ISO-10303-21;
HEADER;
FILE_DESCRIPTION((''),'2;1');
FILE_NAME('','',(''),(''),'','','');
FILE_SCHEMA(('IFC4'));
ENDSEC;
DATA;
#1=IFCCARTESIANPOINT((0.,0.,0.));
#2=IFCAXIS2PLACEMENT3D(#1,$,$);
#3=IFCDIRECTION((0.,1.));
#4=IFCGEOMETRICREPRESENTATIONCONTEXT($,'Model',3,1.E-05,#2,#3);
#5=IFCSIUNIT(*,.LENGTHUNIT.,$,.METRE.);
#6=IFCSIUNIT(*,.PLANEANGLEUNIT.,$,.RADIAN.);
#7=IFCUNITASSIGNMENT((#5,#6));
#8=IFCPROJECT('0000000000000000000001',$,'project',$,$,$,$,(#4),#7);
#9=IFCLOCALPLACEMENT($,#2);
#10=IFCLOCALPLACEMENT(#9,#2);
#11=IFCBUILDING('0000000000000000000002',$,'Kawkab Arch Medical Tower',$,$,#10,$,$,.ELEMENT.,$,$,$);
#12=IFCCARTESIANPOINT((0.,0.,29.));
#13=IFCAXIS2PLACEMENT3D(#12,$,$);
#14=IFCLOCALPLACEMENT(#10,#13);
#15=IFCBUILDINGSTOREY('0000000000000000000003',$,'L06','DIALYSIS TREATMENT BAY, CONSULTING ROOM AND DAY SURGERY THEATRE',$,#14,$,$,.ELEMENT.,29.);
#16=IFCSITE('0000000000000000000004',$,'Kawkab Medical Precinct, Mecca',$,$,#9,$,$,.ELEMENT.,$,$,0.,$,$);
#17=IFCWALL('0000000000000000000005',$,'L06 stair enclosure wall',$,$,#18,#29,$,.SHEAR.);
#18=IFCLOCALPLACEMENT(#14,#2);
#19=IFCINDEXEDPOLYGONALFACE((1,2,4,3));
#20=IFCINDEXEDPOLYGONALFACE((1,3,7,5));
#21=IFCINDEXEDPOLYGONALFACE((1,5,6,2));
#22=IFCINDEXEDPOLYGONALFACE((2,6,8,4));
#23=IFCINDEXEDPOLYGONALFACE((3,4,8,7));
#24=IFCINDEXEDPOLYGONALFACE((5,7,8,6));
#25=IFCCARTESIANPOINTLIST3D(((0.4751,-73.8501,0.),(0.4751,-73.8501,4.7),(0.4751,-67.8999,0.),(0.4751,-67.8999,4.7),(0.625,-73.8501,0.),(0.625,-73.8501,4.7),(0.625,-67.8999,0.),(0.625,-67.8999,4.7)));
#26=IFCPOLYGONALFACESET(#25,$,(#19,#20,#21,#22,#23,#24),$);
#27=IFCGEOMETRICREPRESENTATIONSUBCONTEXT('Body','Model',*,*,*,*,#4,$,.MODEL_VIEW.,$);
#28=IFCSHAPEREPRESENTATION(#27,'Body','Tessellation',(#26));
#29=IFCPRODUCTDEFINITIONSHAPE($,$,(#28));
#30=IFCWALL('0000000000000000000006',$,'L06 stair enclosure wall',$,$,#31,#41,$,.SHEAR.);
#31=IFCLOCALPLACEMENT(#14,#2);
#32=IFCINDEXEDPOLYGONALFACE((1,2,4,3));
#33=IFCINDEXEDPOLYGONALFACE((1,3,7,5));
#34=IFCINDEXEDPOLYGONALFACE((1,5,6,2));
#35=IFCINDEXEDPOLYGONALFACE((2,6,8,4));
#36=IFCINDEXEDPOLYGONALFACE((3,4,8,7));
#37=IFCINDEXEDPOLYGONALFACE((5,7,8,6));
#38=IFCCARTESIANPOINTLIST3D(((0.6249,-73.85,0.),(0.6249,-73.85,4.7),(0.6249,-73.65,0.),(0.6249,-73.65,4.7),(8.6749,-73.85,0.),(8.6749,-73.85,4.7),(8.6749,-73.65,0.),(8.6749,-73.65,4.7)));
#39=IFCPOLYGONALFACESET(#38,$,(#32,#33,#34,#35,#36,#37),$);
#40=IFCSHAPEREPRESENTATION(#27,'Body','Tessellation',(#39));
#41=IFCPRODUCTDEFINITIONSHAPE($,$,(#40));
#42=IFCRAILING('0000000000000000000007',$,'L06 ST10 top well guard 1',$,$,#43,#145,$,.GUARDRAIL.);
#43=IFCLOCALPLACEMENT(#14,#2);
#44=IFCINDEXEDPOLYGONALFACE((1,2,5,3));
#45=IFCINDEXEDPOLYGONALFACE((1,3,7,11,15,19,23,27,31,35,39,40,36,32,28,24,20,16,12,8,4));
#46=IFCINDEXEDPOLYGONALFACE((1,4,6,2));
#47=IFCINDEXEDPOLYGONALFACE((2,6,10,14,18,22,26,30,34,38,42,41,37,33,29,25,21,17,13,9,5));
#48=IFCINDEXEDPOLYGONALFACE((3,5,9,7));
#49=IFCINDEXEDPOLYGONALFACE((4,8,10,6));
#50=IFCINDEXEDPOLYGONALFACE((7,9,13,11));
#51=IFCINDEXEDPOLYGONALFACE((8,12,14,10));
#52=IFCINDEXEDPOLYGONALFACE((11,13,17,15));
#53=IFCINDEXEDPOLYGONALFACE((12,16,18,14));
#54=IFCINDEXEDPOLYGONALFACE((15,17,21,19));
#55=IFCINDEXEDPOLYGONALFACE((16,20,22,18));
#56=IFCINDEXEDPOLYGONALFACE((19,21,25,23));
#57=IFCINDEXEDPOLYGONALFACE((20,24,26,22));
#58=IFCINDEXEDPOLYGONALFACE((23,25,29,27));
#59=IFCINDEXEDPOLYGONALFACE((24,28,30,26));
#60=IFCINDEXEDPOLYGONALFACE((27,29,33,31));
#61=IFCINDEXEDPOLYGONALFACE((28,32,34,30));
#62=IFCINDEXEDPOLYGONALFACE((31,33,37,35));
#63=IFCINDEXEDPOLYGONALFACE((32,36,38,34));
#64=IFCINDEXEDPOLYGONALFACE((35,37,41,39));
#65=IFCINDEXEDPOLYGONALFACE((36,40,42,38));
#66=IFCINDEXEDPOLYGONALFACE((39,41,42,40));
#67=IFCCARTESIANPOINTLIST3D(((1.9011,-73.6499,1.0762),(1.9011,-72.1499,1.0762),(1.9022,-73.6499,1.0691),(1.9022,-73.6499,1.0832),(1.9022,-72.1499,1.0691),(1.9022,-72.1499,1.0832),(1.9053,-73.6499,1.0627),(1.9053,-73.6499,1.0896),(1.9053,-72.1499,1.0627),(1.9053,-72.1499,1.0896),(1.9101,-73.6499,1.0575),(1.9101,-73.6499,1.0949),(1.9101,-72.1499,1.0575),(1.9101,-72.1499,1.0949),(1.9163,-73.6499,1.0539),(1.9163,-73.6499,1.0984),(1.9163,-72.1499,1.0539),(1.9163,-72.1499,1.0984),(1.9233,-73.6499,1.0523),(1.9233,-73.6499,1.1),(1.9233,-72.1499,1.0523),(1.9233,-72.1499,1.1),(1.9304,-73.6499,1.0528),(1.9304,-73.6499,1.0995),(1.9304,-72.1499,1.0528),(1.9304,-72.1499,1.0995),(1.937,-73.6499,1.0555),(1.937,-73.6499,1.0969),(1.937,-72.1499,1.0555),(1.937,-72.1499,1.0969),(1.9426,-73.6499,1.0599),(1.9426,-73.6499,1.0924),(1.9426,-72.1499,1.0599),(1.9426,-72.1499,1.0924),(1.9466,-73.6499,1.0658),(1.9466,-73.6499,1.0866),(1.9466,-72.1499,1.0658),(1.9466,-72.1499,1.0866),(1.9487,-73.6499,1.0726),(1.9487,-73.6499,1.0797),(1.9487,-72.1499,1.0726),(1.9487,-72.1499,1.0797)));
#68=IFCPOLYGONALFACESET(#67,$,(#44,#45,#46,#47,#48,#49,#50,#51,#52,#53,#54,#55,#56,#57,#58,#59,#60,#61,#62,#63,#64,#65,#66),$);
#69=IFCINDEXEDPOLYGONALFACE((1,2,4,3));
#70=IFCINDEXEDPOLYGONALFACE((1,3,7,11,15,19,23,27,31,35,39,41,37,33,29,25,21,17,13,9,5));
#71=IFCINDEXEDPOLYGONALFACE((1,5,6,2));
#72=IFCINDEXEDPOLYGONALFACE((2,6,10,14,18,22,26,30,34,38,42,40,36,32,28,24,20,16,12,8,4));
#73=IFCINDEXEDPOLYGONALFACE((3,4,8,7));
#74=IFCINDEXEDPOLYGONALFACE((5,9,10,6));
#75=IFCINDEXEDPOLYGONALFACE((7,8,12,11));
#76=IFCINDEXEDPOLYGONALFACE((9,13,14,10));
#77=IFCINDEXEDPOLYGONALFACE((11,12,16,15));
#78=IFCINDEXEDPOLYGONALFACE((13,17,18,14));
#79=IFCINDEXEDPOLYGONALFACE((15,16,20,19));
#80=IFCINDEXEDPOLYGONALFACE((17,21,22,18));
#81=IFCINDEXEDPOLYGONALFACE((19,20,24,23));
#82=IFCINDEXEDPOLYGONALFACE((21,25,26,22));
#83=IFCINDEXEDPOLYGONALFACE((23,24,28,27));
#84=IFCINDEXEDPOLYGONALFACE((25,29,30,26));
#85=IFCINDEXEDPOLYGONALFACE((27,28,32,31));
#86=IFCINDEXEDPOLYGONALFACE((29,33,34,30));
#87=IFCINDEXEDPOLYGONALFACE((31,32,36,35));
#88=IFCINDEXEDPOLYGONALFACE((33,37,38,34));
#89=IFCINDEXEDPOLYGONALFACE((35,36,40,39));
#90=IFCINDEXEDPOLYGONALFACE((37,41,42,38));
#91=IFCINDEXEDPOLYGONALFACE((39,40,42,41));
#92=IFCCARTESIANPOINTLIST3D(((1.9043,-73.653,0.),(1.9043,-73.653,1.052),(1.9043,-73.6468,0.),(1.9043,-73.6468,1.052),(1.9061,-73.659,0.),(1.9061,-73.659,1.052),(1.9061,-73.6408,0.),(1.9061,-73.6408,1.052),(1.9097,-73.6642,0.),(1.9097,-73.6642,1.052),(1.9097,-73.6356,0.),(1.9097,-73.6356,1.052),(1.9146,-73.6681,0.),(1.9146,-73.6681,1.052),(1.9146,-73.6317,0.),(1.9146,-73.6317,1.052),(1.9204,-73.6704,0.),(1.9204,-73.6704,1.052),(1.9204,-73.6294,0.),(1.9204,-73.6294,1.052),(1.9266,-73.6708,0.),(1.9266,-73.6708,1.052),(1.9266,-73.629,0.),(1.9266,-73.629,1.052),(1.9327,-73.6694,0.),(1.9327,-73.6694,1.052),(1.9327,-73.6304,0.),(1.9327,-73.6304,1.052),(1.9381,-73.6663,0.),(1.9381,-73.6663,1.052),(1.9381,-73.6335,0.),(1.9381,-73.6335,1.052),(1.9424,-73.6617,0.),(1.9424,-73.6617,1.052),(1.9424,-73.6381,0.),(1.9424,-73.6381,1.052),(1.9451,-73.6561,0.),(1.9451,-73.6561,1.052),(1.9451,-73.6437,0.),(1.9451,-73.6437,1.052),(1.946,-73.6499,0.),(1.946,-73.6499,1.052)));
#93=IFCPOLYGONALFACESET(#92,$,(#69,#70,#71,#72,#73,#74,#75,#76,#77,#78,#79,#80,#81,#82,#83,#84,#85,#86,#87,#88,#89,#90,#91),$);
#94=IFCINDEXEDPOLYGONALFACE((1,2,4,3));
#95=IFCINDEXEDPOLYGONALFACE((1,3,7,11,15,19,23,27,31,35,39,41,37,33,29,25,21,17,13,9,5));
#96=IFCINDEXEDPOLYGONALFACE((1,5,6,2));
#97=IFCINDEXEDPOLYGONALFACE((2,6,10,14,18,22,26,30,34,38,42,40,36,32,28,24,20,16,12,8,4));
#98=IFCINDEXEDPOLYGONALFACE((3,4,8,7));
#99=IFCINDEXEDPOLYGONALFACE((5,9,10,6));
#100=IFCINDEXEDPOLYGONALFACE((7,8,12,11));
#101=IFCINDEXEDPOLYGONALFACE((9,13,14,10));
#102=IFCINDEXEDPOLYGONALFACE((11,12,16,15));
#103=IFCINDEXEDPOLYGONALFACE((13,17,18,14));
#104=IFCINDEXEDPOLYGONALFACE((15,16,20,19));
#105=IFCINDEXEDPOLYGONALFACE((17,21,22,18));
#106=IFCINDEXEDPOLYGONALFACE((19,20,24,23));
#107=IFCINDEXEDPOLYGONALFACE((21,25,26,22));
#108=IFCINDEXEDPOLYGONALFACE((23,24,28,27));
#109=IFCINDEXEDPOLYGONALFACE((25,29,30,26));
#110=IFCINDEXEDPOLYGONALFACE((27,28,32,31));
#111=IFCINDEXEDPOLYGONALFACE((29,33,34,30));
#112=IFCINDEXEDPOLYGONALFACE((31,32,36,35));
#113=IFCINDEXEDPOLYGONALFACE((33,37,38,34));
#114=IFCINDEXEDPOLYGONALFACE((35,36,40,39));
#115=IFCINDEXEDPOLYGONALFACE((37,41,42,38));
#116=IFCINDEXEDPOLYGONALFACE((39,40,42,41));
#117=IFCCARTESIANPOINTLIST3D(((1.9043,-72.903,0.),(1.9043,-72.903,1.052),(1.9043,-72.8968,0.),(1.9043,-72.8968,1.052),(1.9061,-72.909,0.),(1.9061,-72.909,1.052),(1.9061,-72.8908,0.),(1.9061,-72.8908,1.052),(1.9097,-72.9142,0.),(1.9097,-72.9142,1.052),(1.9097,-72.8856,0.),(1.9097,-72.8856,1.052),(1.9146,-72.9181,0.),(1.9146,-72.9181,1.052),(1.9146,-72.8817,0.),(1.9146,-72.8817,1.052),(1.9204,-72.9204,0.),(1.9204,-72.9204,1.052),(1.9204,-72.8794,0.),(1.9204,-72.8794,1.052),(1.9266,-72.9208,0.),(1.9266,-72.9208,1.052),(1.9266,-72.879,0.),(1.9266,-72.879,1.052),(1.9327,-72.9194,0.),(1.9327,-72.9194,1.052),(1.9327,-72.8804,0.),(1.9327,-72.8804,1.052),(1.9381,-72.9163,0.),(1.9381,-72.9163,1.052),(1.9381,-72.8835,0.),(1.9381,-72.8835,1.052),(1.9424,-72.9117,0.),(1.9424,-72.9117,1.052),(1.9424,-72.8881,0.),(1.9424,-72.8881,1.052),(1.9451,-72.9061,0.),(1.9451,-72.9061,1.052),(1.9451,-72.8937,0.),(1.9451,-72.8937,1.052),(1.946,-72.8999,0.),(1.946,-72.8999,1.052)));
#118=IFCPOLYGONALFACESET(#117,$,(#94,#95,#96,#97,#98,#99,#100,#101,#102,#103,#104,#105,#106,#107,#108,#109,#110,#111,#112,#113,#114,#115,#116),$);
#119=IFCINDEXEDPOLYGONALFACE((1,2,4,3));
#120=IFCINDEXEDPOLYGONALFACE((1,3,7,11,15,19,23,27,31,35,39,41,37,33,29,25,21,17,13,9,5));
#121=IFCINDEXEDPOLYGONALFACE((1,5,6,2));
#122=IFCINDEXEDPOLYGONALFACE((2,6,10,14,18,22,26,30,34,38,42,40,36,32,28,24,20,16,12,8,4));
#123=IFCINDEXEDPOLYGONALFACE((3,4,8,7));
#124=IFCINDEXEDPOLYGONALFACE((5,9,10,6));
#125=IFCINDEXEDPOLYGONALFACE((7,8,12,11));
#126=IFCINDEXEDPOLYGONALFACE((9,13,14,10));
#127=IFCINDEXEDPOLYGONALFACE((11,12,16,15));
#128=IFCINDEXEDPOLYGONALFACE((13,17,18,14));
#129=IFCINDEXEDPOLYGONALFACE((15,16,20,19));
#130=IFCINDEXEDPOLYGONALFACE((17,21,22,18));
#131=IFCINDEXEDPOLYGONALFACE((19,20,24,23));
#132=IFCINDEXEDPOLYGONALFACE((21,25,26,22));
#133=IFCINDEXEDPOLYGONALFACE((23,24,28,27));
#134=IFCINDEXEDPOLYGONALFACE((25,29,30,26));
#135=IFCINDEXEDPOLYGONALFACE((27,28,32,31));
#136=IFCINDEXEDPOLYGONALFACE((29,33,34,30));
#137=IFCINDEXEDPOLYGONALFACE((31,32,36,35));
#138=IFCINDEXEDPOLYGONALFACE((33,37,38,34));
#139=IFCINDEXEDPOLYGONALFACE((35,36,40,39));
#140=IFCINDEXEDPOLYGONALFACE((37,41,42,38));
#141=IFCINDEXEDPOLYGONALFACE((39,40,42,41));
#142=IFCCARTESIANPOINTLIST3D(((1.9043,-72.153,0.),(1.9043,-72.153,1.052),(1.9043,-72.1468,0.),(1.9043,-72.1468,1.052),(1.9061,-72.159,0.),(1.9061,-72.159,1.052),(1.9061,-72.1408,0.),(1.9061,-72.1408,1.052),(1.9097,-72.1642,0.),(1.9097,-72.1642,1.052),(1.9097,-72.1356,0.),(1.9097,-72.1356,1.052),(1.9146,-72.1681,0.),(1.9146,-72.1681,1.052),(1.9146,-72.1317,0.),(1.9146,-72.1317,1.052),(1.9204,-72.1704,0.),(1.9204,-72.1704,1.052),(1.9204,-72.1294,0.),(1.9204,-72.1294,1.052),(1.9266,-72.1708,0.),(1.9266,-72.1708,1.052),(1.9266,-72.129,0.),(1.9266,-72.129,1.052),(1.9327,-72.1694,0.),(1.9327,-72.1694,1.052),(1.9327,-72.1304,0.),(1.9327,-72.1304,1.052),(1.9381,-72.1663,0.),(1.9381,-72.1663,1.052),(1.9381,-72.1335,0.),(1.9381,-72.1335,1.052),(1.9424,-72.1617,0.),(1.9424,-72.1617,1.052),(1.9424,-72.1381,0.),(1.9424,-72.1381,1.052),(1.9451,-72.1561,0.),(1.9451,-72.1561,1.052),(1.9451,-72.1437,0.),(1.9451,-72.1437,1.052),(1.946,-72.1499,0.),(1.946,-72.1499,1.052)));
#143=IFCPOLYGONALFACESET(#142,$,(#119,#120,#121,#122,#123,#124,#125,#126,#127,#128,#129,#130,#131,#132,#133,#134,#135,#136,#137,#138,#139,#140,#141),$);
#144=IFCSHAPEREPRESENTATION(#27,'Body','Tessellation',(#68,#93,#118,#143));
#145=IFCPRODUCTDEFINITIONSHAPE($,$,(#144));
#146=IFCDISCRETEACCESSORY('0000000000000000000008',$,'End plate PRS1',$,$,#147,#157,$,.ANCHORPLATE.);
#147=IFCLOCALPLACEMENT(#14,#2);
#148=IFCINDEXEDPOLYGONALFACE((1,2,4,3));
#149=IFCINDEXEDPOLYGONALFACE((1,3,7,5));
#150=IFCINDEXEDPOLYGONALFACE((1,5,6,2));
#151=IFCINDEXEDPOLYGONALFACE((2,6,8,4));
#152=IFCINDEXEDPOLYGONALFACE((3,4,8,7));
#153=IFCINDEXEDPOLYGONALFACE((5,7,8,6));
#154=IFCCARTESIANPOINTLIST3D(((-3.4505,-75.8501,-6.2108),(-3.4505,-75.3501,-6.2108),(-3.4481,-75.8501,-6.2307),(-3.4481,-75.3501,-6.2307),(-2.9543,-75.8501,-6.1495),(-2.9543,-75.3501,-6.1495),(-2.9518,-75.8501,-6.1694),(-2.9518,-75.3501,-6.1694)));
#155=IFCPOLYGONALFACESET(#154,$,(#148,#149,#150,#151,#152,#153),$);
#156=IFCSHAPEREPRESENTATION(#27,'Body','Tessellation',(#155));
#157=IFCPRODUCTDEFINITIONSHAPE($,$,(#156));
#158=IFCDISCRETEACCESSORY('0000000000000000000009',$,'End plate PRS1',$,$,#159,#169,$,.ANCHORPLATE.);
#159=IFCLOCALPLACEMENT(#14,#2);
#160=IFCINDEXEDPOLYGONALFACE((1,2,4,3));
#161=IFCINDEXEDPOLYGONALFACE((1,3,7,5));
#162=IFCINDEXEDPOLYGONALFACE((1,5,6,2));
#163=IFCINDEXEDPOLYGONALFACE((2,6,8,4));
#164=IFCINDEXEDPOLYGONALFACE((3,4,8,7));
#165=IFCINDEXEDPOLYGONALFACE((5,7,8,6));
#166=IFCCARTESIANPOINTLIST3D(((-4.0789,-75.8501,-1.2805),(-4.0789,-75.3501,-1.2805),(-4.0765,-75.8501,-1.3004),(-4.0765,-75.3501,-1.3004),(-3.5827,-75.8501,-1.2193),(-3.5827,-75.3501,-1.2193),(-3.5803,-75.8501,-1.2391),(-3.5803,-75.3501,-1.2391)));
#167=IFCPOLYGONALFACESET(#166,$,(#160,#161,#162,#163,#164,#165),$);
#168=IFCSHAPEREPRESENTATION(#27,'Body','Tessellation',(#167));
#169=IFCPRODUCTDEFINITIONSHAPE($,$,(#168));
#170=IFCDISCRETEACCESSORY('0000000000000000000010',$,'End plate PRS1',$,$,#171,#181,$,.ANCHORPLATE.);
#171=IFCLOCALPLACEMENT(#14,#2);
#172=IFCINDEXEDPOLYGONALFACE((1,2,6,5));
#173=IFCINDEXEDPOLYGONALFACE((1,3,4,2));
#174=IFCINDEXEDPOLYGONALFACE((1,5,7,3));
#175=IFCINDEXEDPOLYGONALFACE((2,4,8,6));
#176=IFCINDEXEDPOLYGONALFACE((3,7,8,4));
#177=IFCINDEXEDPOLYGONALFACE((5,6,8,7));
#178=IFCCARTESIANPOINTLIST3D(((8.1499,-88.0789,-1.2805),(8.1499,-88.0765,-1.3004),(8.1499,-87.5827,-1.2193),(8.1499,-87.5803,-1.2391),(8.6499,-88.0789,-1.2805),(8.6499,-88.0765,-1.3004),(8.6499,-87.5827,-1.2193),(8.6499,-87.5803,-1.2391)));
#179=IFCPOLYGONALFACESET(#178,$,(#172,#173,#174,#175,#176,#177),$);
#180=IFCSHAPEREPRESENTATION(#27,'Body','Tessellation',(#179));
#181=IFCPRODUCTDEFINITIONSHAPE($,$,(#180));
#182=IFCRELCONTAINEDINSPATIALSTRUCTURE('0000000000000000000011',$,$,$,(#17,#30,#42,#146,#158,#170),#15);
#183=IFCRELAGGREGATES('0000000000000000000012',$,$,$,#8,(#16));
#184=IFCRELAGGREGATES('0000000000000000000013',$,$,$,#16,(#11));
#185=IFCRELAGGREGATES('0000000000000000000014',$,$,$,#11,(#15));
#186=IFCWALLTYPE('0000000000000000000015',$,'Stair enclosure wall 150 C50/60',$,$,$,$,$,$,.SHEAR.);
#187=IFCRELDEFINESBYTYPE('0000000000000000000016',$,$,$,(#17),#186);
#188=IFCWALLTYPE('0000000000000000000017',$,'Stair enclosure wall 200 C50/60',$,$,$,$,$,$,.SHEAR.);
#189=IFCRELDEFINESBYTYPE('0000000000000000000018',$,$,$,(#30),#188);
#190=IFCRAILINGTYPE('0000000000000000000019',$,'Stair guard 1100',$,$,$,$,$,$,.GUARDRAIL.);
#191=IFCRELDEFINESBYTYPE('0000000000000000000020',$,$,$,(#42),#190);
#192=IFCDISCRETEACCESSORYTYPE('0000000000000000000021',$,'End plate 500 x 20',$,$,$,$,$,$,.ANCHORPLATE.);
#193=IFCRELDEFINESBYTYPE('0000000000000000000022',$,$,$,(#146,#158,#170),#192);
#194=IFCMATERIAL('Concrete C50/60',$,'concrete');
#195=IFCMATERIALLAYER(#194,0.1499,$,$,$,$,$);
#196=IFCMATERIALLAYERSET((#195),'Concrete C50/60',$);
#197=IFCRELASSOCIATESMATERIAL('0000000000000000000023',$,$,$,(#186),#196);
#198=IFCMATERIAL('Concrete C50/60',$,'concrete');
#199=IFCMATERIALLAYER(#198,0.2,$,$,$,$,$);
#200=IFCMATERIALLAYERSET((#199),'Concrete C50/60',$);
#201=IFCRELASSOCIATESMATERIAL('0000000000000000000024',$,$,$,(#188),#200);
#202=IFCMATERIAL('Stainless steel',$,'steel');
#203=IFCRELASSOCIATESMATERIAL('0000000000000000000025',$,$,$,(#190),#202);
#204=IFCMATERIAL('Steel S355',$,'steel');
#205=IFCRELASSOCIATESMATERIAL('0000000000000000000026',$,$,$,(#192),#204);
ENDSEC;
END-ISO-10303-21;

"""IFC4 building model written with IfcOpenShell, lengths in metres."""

from ifc_helpers import new_model, si_unit, direction, frame, frame_2d, origin, origin_2d, place, context, subcontext, project, spatial, rectangle, circle, extrude, material, layer, layer_set, material_profile, profile_set, type_object, element, save


model = new_model("IFC4")

# Units and contexts
model_context = context("Model", 3, precision=1e-05, world=origin(), true_north=direction((0.0, 1.0)))
body_context = subcontext(model_context, "Body", "Model", "MODEL_VIEW")
ifc_project = project(units=[si_unit("LENGTHUNIT", "METRE"), si_unit("PLANEANGLEUNIT", "RADIAN")], contexts=[model_context])

# Site, building, storey
site_placement = place(None, origin())
site = spatial("IfcSite", under=ifc_project, at=site_placement, Name="Kawkab Medical Precinct, Mecca", CompositionType="ELEMENT", RefElevation=0.0)
building_placement = place(site_placement, origin())
building = spatial("IfcBuilding", under=site, at=building_placement, Name="Kawkab Arch Medical Tower", CompositionType="ELEMENT")
storey_placement = place(building_placement, frame((0.0, 0.0, 29.0)))
storey = spatial("IfcBuildingStorey", under=building, at=storey_placement, Name="L06", Description="DIALYSIS TREATMENT BAY, CONSULTING ROOM AND DAY SURGERY THEATRE", CompositionType="ELEMENT", Elevation=29.0)

# Walls
ifc_material_1 = material(Name="Concrete C50/60", Category="concrete")
ifc_layer_1 = layer(ifc_material_1, 0.1499)
ifc_layer_set_1 = layer_set([ifc_layer_1], Name="Concrete C50/60")
wall_type_1 = type_object("IfcWallType", Name="Stair enclosure wall 150 C50/60", PredefinedType="SHEAR", material=ifc_layer_set_1)
wall_1_placement = place(storey_placement, frame((0.55, -73.8501, 0.0), z_axis=(0.0, 0.0, 1.0), x_axis=(0.0, 1.0, 0.0)))
element("IfcWall", 1, at=wall_1_placement, inside=storey, type_object=wall_type_1, Name="L06 stair enclosure wall", PredefinedType="SHEAR", context=body_context, shape_type="SweptSolid", body=[
    extrude(rectangle(XDim=5.9502, YDim=0.1499, at=frame_2d((2.9751, 0.0))), origin(), (0.0, 0.0, 1.0), 4.7),
])
ifc_material_2 = material(Name="Concrete C50/60", Category="concrete")
ifc_layer_2 = layer(ifc_material_2, 0.2)
ifc_layer_set_2 = layer_set([ifc_layer_2], Name="Concrete C50/60")
wall_type_2 = type_object("IfcWallType", Name="Stair enclosure wall 200 C50/60", PredefinedType="SHEAR", material=ifc_layer_set_2)
wall_2_placement = place(storey_placement, frame((0.625, -73.75, 0.0), z_axis=(0.0, 0.0, 1.0), x_axis=(1.0, 0.0, 0.0)))
element("IfcWall", 2, at=wall_2_placement, inside=storey, type_object=wall_type_2, Name="L06 stair enclosure wall", PredefinedType="SHEAR", context=body_context, shape_type="SweptSolid", body=[
    extrude(rectangle(XDim=8.05, YDim=0.2, at=frame_2d((4.0249, 0.0))), origin(), (0.0, 0.0, 1.0), 4.7),
])

# Railing
ifc_material_3 = material(Name="Stainless steel", Category="steel")
railing_type = type_object("IfcRailingType", Name="Stair guard 1100", PredefinedType="GUARDRAIL", material=ifc_material_3)
railing_placement = place(storey_placement, frame((1.925, -73.6499, 0.0)))
element("IfcRailing", 3, at=railing_placement, inside=storey, type_object=railing_type, Name="L06 ST10 top well guard 1", PredefinedType="GUARDRAIL", context=body_context, shape_type="SweptSolid", body=[
    extrude(circle(Radius=0.0239, at=origin_2d()), frame((0.0, 0.0, 1.0762), z_axis=(0.0, 1.0, 0.0), x_axis=(-1.0, 0.0, 0.0)), (0.0, 0.0, 1.0), 1.5),
    extrude(circle(Radius=0.021, at=origin_2d()), origin(), (0.0, 0.0, 1.0), 1.052),
    extrude(circle(Radius=0.021, at=origin_2d()), frame((0.0, 0.75, 0.0)), (0.0, 0.0, 1.0), 1.052),
    extrude(circle(Radius=0.021, at=origin_2d()), frame((0.0, 1.5, 0.0)), (0.0, 0.0, 1.0), 1.052),
])

# Discrete accessories
ifc_material_4 = material(Name="Steel S355", Category="steel")
ifc_material_profile_1 = material_profile(ifc_material_4, rectangle(XDim=0.5, YDim=0.5, at=origin_2d()), Name="End plate 500 x 20")
ifc_profile_set_1 = profile_set([ifc_material_profile_1], Name="Steel S355")
discrete_accessory_type = type_object("IfcDiscreteAccessoryType", Name="End plate 500 x 20", PredefinedType="ANCHORPLATE", material=ifc_profile_set_1)
for number, where, z_axis, x_axis, name in (
    (4, (-3.2024, -75.6001, -6.1802), (0.122527, 0.0, -0.992465), (0.0, 1.0, 0.0), "End plate PRS1"),
    (5, (-3.8284, -75.6001, -1.2698), (-0.122527, 0.0, 0.992465), (0.0, -1.0, 0.0), "End plate PRS1"),
    (6, (8.3999, -87.8284, -1.2698), (0.0, -0.122527, 0.992465), (1.0, 0.0, 0.0), "End plate PRS1"),
):
    element("IfcDiscreteAccessory", number, at=place(storey_placement, frame(where, z_axis=z_axis, x_axis=x_axis)), inside=storey, type_object=discrete_accessory_type, Name=name, PredefinedType="ANCHORPLATE", context=body_context, shape_type="SweptSolid", body=[
        extrude(rectangle(XDim=0.5, YDim=0.5, at=origin_2d()), origin(), (0.0, 0.0, 1.0), 0.02),
    ])

save(model, "model.ifc")
